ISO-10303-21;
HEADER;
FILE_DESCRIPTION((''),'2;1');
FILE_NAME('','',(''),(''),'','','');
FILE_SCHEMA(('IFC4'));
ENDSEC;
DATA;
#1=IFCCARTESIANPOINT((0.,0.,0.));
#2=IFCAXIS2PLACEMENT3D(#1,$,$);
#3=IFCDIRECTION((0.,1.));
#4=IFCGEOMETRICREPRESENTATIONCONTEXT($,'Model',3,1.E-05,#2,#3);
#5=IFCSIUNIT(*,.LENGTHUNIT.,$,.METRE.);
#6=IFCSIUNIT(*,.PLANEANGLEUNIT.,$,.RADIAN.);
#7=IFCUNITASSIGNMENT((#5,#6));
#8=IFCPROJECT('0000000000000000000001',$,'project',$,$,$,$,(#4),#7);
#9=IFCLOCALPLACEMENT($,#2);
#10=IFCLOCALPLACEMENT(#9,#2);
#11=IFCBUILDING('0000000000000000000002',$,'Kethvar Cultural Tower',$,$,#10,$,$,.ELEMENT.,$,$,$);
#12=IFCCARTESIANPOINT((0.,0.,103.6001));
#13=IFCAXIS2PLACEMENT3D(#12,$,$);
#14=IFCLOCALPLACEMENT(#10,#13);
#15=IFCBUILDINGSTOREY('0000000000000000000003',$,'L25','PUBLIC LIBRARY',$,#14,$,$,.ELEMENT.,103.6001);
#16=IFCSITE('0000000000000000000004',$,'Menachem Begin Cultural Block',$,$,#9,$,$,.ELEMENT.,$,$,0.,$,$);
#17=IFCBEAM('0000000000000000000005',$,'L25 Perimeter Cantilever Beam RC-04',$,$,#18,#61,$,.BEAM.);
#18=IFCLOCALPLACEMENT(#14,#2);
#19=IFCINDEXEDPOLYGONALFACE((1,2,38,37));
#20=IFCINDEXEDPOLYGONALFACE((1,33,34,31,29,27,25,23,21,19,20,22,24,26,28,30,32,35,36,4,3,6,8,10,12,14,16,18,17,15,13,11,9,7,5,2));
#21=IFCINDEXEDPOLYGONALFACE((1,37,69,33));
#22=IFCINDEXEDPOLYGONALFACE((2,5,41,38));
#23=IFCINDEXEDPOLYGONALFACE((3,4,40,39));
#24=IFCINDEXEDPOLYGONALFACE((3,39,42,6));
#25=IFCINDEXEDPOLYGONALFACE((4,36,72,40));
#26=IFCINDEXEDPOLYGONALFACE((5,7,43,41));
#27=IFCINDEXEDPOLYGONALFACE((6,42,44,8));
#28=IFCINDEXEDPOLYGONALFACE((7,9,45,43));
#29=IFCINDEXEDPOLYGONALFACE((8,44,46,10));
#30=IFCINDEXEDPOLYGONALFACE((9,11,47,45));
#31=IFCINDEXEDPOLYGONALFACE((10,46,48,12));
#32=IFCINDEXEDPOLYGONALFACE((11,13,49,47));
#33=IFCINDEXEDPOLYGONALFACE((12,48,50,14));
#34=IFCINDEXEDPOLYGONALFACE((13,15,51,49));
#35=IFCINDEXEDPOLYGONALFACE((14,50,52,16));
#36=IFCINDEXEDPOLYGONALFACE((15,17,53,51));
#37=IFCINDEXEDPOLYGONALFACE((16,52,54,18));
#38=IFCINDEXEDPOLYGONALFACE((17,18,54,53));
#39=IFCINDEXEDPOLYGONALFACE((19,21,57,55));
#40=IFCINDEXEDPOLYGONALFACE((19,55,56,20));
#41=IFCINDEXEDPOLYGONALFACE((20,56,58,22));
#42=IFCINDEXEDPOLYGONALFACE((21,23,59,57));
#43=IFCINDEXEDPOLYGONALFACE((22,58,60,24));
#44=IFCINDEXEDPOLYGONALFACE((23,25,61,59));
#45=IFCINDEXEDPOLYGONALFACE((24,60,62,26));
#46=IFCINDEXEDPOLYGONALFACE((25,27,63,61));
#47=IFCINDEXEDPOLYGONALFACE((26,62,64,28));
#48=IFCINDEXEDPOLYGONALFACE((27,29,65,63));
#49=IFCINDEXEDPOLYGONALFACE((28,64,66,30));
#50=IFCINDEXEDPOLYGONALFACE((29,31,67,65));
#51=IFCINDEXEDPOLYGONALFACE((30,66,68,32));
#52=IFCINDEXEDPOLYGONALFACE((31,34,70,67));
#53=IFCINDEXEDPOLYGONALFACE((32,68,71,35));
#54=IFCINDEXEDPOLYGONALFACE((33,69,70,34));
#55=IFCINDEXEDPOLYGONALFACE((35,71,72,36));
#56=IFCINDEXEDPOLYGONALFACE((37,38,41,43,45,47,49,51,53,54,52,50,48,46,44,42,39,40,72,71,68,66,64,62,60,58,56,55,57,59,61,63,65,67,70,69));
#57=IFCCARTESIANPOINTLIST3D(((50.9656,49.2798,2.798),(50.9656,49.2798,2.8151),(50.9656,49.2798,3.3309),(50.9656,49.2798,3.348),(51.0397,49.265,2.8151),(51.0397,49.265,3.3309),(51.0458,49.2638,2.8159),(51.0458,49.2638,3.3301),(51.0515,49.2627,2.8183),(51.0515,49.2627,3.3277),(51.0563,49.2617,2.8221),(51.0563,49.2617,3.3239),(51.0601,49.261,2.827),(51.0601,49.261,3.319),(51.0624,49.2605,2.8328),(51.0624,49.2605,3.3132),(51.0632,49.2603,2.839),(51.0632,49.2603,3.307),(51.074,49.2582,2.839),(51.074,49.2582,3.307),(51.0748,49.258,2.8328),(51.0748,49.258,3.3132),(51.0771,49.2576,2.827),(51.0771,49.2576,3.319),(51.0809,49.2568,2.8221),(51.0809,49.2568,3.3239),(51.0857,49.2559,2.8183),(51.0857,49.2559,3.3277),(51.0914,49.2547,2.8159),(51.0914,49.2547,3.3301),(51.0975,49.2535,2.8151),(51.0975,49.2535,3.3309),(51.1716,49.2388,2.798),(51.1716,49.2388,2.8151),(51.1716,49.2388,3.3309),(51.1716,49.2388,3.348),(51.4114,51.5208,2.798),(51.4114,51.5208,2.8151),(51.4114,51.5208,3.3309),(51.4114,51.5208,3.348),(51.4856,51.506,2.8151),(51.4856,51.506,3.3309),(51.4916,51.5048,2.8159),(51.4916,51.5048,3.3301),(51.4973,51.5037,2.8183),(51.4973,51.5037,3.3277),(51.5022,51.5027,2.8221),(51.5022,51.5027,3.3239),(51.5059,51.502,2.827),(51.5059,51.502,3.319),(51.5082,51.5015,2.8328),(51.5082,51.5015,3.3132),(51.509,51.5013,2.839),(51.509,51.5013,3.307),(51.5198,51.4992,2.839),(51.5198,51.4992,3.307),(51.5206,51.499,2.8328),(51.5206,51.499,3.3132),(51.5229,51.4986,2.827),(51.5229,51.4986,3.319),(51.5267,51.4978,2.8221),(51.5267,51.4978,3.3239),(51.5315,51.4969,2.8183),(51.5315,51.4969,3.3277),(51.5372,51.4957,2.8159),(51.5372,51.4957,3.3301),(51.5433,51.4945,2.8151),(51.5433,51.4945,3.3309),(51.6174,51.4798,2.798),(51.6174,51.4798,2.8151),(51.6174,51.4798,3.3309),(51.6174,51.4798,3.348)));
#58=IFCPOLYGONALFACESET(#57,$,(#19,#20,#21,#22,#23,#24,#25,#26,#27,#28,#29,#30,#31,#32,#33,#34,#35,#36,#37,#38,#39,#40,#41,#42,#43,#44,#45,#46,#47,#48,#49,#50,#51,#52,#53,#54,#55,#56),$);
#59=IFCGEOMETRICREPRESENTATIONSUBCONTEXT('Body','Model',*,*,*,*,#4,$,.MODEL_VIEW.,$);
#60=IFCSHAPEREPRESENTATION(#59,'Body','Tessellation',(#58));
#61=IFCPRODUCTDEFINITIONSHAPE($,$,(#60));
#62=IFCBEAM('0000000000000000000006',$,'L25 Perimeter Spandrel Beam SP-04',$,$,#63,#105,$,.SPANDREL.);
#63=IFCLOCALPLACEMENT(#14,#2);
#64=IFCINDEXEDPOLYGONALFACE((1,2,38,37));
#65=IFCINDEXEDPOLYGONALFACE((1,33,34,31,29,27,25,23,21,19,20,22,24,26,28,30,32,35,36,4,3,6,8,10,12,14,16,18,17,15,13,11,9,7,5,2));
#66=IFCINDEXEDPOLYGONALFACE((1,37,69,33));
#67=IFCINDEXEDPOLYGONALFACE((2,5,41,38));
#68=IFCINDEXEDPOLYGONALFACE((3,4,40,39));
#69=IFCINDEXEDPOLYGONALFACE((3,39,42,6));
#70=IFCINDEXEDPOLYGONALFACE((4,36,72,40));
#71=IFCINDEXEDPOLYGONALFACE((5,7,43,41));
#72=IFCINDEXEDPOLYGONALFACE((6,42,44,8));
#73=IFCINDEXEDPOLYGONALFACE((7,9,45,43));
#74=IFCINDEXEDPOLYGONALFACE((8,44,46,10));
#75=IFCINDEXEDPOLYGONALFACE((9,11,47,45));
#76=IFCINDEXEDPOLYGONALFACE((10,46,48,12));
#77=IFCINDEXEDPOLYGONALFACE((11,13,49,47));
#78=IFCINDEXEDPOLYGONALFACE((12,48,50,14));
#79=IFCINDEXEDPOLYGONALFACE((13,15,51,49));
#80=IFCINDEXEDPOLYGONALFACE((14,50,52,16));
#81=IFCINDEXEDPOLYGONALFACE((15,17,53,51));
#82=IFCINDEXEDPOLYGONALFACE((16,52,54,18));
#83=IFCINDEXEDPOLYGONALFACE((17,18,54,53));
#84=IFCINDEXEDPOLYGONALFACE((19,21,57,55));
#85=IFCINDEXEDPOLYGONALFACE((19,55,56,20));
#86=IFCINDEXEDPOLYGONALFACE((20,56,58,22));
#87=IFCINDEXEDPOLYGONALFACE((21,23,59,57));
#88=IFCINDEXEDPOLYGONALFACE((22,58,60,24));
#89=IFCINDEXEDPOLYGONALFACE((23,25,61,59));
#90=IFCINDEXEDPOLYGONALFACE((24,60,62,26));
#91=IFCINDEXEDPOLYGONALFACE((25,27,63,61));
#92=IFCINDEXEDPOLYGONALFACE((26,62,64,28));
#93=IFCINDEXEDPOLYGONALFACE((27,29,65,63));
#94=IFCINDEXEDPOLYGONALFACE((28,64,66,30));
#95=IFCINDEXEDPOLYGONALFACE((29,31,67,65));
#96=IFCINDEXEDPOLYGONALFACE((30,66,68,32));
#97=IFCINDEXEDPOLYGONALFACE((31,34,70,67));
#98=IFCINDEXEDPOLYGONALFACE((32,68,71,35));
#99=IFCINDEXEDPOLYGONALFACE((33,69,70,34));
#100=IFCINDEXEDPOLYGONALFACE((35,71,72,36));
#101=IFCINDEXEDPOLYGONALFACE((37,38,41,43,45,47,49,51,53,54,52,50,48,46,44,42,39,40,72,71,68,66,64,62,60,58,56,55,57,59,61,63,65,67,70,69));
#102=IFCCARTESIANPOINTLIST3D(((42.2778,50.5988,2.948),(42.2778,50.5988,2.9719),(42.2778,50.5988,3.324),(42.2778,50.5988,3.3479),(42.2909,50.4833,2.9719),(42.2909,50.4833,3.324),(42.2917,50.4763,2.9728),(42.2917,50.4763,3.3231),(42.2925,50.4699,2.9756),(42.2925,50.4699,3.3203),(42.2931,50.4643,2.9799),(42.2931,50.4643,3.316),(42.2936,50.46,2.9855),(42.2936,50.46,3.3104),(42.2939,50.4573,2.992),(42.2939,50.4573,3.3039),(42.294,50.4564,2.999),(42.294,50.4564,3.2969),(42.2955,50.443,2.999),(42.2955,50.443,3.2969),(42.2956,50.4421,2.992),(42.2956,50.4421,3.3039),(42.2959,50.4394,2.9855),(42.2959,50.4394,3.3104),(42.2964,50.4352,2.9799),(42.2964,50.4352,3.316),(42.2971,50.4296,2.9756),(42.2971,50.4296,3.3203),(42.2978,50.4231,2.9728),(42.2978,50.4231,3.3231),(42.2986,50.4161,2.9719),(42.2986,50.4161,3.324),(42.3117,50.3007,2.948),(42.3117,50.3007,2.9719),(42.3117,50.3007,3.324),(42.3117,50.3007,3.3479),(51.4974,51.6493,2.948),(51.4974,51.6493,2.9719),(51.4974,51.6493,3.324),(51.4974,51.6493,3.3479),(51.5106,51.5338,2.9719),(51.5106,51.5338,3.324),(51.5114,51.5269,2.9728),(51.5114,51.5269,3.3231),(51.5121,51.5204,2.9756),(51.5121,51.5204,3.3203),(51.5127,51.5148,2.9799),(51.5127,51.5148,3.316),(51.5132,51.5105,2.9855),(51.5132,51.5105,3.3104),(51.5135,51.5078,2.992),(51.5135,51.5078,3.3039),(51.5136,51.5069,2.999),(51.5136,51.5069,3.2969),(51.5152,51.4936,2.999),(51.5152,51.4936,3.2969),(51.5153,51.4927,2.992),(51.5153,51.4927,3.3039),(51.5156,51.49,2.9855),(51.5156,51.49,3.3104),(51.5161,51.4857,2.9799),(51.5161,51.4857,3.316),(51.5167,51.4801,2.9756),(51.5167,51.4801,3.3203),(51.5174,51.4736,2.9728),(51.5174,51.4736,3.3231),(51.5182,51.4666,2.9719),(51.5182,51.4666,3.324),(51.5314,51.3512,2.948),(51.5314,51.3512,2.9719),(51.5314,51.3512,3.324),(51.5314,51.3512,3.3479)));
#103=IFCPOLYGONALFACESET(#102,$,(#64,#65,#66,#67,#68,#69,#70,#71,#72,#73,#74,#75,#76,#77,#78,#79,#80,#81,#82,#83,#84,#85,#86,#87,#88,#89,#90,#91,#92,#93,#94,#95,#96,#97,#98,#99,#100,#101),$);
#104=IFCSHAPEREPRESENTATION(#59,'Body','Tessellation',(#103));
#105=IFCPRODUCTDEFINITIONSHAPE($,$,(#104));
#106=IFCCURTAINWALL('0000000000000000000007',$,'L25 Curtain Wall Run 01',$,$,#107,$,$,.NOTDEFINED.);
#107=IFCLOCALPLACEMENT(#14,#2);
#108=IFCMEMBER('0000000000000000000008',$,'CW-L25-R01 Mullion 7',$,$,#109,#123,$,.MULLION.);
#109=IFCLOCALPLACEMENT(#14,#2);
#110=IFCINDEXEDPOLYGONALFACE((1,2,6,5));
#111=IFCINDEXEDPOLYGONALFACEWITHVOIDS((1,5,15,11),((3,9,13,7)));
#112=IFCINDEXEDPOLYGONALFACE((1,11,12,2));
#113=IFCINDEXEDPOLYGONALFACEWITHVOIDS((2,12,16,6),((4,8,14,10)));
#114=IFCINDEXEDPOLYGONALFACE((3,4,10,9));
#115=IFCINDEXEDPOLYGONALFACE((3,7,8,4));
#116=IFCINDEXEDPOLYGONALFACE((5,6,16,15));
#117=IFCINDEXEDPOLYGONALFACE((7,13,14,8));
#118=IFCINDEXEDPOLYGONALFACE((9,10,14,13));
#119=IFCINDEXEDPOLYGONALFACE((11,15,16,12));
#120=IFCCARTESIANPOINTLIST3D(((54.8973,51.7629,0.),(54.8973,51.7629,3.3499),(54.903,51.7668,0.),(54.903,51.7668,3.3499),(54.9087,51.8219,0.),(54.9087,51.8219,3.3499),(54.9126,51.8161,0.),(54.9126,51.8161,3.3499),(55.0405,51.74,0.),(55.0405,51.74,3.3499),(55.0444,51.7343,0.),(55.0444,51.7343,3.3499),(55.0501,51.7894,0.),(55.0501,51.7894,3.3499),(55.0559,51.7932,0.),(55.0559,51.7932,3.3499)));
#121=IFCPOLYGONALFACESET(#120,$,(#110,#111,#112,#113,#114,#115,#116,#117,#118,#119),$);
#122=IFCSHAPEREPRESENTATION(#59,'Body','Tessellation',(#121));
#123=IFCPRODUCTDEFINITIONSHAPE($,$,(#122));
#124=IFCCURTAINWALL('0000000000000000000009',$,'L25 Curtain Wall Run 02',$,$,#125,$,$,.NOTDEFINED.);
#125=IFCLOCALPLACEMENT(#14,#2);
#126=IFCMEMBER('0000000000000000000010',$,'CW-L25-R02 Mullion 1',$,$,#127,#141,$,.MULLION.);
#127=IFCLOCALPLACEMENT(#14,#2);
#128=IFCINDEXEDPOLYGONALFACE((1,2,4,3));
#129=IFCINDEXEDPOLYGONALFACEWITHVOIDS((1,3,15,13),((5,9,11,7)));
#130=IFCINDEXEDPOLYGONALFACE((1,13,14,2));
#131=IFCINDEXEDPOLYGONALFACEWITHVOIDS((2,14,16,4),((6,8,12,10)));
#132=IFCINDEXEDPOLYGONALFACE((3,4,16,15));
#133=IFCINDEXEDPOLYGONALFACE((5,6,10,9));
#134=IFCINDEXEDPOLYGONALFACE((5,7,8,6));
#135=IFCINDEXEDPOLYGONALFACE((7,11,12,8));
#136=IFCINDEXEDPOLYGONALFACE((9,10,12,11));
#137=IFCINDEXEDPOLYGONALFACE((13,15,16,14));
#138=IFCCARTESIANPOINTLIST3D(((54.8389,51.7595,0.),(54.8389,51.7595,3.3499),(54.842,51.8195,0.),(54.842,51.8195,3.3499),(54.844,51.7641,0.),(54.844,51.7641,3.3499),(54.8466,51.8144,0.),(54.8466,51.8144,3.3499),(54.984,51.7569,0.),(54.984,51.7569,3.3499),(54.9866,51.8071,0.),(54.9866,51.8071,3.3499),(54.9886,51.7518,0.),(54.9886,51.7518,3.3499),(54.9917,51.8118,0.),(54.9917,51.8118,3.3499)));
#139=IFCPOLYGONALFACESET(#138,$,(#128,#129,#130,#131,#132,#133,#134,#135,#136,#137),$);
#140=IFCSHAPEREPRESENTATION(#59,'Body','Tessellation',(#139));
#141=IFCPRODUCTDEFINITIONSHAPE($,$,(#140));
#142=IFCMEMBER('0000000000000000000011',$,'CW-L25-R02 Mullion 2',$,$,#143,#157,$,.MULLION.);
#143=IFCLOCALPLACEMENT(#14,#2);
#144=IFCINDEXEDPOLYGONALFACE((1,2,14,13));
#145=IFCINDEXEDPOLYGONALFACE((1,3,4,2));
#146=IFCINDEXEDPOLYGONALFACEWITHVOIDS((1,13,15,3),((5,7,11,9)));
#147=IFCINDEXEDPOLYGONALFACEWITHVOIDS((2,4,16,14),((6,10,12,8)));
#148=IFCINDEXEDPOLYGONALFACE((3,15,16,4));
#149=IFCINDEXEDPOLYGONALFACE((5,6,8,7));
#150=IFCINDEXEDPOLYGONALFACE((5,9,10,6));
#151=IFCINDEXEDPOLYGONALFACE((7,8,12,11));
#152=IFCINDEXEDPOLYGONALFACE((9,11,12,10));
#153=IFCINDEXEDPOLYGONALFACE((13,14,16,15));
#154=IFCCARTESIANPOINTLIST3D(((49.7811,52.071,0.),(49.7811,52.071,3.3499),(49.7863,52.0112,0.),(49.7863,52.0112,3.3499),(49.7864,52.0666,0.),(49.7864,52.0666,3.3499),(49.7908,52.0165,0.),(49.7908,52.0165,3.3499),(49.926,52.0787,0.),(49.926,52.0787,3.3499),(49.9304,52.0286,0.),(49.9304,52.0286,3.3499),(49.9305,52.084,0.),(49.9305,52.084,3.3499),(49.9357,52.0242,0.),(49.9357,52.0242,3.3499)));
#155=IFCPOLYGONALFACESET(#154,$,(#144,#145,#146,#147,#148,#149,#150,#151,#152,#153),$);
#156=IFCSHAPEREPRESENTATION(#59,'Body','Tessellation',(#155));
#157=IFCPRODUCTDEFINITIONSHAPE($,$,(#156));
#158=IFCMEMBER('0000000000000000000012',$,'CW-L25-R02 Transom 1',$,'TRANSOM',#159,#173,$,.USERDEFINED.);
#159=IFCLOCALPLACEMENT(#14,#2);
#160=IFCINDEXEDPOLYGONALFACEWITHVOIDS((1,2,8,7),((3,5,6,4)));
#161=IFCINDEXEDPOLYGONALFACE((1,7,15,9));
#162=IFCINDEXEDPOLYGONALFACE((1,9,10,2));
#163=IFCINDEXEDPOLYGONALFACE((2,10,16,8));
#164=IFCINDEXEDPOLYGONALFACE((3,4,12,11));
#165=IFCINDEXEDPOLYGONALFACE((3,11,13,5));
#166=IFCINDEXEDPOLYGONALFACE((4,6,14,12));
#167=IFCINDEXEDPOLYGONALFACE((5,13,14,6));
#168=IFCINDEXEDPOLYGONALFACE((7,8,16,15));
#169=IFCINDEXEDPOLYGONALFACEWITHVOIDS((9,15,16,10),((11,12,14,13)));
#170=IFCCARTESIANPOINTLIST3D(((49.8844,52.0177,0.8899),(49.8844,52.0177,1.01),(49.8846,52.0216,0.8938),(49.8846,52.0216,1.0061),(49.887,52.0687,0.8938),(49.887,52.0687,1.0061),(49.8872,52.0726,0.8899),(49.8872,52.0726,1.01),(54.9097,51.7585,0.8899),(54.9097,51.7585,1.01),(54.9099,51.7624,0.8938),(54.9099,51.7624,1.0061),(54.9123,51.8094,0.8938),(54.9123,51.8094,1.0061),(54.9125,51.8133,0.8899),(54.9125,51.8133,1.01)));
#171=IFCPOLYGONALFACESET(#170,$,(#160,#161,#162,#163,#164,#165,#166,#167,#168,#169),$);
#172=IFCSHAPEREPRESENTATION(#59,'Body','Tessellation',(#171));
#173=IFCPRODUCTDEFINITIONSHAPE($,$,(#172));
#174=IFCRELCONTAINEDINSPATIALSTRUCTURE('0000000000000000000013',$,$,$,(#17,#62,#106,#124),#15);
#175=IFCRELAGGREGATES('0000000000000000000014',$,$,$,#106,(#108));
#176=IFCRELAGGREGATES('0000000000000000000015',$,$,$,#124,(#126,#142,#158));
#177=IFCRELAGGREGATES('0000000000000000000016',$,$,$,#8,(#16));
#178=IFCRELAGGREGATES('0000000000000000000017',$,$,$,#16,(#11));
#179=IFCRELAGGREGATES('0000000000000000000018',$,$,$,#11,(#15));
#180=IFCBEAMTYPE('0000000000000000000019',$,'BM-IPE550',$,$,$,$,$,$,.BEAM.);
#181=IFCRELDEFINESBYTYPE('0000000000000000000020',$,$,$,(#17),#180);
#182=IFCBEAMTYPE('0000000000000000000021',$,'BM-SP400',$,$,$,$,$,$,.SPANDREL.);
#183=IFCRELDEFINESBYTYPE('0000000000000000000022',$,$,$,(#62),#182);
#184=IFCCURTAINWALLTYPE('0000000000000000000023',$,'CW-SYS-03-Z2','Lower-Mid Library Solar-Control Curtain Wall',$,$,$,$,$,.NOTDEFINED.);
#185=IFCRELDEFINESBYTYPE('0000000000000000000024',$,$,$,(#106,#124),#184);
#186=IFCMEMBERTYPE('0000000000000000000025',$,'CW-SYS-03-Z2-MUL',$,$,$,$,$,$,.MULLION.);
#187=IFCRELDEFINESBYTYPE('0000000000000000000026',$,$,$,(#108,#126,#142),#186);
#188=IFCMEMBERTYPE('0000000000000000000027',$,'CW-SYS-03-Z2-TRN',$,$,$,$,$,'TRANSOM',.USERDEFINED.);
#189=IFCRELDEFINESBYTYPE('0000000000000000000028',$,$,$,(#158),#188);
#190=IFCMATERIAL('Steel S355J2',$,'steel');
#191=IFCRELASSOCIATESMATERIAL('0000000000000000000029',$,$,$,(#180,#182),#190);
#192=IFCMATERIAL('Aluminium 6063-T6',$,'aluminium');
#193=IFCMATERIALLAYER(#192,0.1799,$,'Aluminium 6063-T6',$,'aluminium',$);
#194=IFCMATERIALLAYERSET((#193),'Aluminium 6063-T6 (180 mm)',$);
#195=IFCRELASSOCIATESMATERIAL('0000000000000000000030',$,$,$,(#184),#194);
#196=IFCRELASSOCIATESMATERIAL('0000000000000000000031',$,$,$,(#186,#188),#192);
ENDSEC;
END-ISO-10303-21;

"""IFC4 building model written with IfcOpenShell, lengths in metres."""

from ifc_helpers import new_model, si_unit, direction, frame, origin, origin_2d, place, context, subcontext, project, spatial, hollow_rectangle, i_section, extrude, source, transform, mapped, material, layer, layer_set, material_profile, profile_set, type_object, element, aggregate, save


model = new_model("IFC4")

# Units and contexts
model_context = context("Model", 3, precision=1e-05, world=origin(), true_north=direction((0.0, 1.0)))
body_context = subcontext(model_context, "Body", "Model", "MODEL_VIEW")
ifc_project = project(units=[si_unit("LENGTHUNIT", "METRE"), si_unit("PLANEANGLEUNIT", "RADIAN")], contexts=[model_context])

# Site, building, storey
site_placement = place(None, origin())
site = spatial("IfcSite", under=ifc_project, at=site_placement, Name="Menachem Begin Cultural Block", CompositionType="ELEMENT", RefElevation=0.0)
building_placement = place(site_placement, origin())
building = spatial("IfcBuilding", under=site, at=building_placement, Name="Kethvar Cultural Tower", CompositionType="ELEMENT")
storey_placement = place(building_placement, frame((0.0, 0.0, 103.6001)))
storey = spatial("IfcBuildingStorey", under=building, at=storey_placement, Name="L25", Description="PUBLIC LIBRARY", CompositionType="ELEMENT", Elevation=103.6001)

# Beams
ifc_material_1 = material(Name="Steel S355J2", Category="steel")
ifc_material_profile_1 = material_profile(ifc_material_1, i_section(OverallWidth=0.21, OverallDepth=0.55, WebThickness=0.011, FlangeThickness=0.0171, FilletRadius=0.0239, at=origin_2d()), Name="Steel S355J2 — IPE550")
ifc_profile_set_1 = profile_set([ifc_material_profile_1], Name="Steel S355J2 — IPE550")
beam_type_1 = type_object("IfcBeamType", Name="BM-IPE550", PredefinedType="BEAM", material=ifc_profile_set_1)
shared_shape_1 = source(origin(), body_context, "Body", "SweptSolid", [
    extrude(i_section(OverallWidth=0.21, OverallDepth=0.55, WebThickness=0.011, FlangeThickness=0.0171, FilletRadius=0.0239, at=origin_2d()), origin(), (0.0, 0.0, 1.0), 2.2849),
])
beam_1_placement = place(storey_placement, frame((51.0686, 49.2593, 3.073), z_axis=(0.195109, 0.980782, 0.0), x_axis=(-0.980782, 0.195109, 0.0)))
element("IfcBeam", 1, at=beam_1_placement, inside=storey, type_object=beam_type_1, Name="L25 Perimeter Cantilever Beam RC-04", PredefinedType="BEAM", context=body_context, shape_type="MappedRepresentation", body=[
    mapped(shared_shape_1, transform((0.0, 0.0, 0.0), scale=1.0)),
])
ifc_material_profile_2 = material_profile(ifc_material_1, i_section(OverallWidth=0.3, OverallDepth=0.3999, WebThickness=0.0134, FlangeThickness=0.0239, FilletRadius=0.0271, at=origin_2d()), Name="Steel S355J2 — HEB400")
ifc_profile_set_2 = profile_set([ifc_material_profile_2], Name="Steel S355J2 — HEB400")
beam_type_2 = type_object("IfcBeamType", Name="BM-SP400", PredefinedType="SPANDREL", material=ifc_profile_set_2)
shared_shape_2 = source(origin(), body_context, "Body", "SweptSolid", [
    extrude(i_section(OverallWidth=0.3, OverallDepth=0.3999, WebThickness=0.0134, FlangeThickness=0.0239, FilletRadius=0.0271, at=origin_2d()), origin(), (0.0, 0.0, 1.0), 9.2793),
])
beam_2_placement = place(storey_placement, frame((51.5144, 51.5002, 3.1479), z_axis=(-0.993571, -0.113212, 0.0), x_axis=(0.113212, -0.993571, 0.0)))
element("IfcBeam", 2, at=beam_2_placement, inside=storey, type_object=beam_type_2, Name="L25 Perimeter Spandrel Beam SP-04", PredefinedType="SPANDREL", context=body_context, shape_type="MappedRepresentation", body=[
    mapped(shared_shape_2, transform((0.0, 0.0, 0.0), scale=1.0)),
])

# Curtain wall, member
ifc_material_2 = material(Name="Aluminium 6063-T6", Category="aluminium")
ifc_layer_1 = layer(ifc_material_2, 0.1799, Name="Aluminium 6063-T6", Category="aluminium")
ifc_layer_set_1 = layer_set([ifc_layer_1], Name="Aluminium 6063-T6 (180 mm)")
curtain_wall_type = type_object("IfcCurtainWallType", Name="CW-SYS-03-Z2", Description="Lower-Mid Library Solar-Control Curtain Wall", PredefinedType="NOTDEFINED", material=ifc_layer_set_1)
curtain_wall_1_placement = place(storey_placement, origin())
curtain_wall_1 = element("IfcCurtainWall", 3, at=curtain_wall_1_placement, inside=storey, type_object=curtain_wall_type, Name="L25 Curtain Wall Run 01", PredefinedType="NOTDEFINED")
ifc_material_profile_3 = material_profile(ifc_material_2, hollow_rectangle(XDim=0.0601, YDim=0.1499, WallThickness=0.0049, at=origin_2d()), Name="Aluminium 6063-T6 — RHS150x60x5")
ifc_profile_set_3 = profile_set([ifc_material_profile_3], Name="Aluminium 6063-T6 — RHS150x60x5")
member_type_1 = type_object("IfcMemberType", Name="CW-SYS-03-Z2-MUL", PredefinedType="MULLION", material=ifc_profile_set_3)
shared_shape_3 = source(origin(), body_context, "Body", "SweptSolid", [
    extrude(hollow_rectangle(XDim=0.0601, YDim=0.1499, WallThickness=0.0049, at=origin_2d()), origin(), (0.0, 0.0, 1.0), 3.3499),
])
member_1_placement = place(storey_placement, frame((54.9766, 51.7781, 0.0), z_axis=(0.0, 0.0, 1.0), x_axis=(-0.191032, -0.981584, 0.0)))
member_1 = element("IfcMember", 4, at=member_1_placement, type_object=member_type_1, Name="CW-L25-R01 Mullion 7", PredefinedType="MULLION", context=body_context, shape_type="MappedRepresentation", body=[
    mapped(shared_shape_3, transform((0.0, 0.0, 0.0), scale=1.0)),
])

# Curtain wall, members
curtain_wall_2_placement = place(storey_placement, origin())
curtain_wall_2 = element("IfcCurtainWall", 5, at=curtain_wall_2_placement, inside=storey, type_object=curtain_wall_type, Name="L25 Curtain Wall Run 02", PredefinedType="NOTDEFINED")
member_2_placement = place(storey_placement, frame((54.9153, 51.7856, 0.0), z_axis=(0.0, 0.0, 1.0), x_axis=(-0.051534, -0.998671, 0.0)))
member_2 = element("IfcMember", 6, at=member_2_placement, type_object=member_type_1, Name="CW-L25-R02 Mullion 1", PredefinedType="MULLION", context=body_context, shape_type="MappedRepresentation", body=[
    mapped(shared_shape_3, transform((0.0, 0.0, 0.0), scale=1.0)),
])
member_3_placement = place(storey_placement, frame((49.8584, 52.0476, 0.0), z_axis=(0.0, 0.0, 1.0), x_axis=(0.086808, -0.996225, 0.0)))
member_3 = element("IfcMember", 7, at=member_3_placement, type_object=member_type_1, Name="CW-L25-R02 Mullion 2", PredefinedType="MULLION", context=body_context, shape_type="MappedRepresentation", body=[
    mapped(shared_shape_3, transform((0.0, 0.0, 0.0), scale=1.0)),
])
ifc_material_profile_4 = material_profile(ifc_material_2, hollow_rectangle(XDim=0.0549, YDim=0.1201, WallThickness=0.0039, at=origin_2d()), Name="Aluminium 6063-T6 — RHS120x55x4")
ifc_profile_set_4 = profile_set([ifc_material_profile_4], Name="Aluminium 6063-T6 — RHS120x55x4")
member_type_2 = type_object("IfcMemberType", Name="CW-SYS-03-Z2-TRN", ElementType="TRANSOM", PredefinedType="USERDEFINED", material=ifc_profile_set_4)
shared_shape_4 = source(origin(), body_context, "Body", "SweptSolid", [
    extrude(hollow_rectangle(XDim=0.0549, YDim=0.1201, WallThickness=0.0039, at=origin_2d()), origin(), (0.0, 0.0, 1.0), 5.032),
])
member_4_placement = place(storey_placement, frame((54.9111, 51.7859, 0.95), z_axis=(-0.998672, 0.051525, 0.0), x_axis=(-0.051525, -0.998672, 0.0)))
member_4 = element("IfcMember", 8, at=member_4_placement, type_object=member_type_2, Name="CW-L25-R02 Transom 1", ObjectType="TRANSOM", PredefinedType="USERDEFINED", context=body_context, shape_type="MappedRepresentation", body=[
    mapped(shared_shape_4, transform((0.0, 0.0, 0.0), scale=1.0)),
])

aggregate(curtain_wall_1, [member_1])
aggregate(curtain_wall_2, [member_2, member_3, member_4])

save(model, "model.ifc")
